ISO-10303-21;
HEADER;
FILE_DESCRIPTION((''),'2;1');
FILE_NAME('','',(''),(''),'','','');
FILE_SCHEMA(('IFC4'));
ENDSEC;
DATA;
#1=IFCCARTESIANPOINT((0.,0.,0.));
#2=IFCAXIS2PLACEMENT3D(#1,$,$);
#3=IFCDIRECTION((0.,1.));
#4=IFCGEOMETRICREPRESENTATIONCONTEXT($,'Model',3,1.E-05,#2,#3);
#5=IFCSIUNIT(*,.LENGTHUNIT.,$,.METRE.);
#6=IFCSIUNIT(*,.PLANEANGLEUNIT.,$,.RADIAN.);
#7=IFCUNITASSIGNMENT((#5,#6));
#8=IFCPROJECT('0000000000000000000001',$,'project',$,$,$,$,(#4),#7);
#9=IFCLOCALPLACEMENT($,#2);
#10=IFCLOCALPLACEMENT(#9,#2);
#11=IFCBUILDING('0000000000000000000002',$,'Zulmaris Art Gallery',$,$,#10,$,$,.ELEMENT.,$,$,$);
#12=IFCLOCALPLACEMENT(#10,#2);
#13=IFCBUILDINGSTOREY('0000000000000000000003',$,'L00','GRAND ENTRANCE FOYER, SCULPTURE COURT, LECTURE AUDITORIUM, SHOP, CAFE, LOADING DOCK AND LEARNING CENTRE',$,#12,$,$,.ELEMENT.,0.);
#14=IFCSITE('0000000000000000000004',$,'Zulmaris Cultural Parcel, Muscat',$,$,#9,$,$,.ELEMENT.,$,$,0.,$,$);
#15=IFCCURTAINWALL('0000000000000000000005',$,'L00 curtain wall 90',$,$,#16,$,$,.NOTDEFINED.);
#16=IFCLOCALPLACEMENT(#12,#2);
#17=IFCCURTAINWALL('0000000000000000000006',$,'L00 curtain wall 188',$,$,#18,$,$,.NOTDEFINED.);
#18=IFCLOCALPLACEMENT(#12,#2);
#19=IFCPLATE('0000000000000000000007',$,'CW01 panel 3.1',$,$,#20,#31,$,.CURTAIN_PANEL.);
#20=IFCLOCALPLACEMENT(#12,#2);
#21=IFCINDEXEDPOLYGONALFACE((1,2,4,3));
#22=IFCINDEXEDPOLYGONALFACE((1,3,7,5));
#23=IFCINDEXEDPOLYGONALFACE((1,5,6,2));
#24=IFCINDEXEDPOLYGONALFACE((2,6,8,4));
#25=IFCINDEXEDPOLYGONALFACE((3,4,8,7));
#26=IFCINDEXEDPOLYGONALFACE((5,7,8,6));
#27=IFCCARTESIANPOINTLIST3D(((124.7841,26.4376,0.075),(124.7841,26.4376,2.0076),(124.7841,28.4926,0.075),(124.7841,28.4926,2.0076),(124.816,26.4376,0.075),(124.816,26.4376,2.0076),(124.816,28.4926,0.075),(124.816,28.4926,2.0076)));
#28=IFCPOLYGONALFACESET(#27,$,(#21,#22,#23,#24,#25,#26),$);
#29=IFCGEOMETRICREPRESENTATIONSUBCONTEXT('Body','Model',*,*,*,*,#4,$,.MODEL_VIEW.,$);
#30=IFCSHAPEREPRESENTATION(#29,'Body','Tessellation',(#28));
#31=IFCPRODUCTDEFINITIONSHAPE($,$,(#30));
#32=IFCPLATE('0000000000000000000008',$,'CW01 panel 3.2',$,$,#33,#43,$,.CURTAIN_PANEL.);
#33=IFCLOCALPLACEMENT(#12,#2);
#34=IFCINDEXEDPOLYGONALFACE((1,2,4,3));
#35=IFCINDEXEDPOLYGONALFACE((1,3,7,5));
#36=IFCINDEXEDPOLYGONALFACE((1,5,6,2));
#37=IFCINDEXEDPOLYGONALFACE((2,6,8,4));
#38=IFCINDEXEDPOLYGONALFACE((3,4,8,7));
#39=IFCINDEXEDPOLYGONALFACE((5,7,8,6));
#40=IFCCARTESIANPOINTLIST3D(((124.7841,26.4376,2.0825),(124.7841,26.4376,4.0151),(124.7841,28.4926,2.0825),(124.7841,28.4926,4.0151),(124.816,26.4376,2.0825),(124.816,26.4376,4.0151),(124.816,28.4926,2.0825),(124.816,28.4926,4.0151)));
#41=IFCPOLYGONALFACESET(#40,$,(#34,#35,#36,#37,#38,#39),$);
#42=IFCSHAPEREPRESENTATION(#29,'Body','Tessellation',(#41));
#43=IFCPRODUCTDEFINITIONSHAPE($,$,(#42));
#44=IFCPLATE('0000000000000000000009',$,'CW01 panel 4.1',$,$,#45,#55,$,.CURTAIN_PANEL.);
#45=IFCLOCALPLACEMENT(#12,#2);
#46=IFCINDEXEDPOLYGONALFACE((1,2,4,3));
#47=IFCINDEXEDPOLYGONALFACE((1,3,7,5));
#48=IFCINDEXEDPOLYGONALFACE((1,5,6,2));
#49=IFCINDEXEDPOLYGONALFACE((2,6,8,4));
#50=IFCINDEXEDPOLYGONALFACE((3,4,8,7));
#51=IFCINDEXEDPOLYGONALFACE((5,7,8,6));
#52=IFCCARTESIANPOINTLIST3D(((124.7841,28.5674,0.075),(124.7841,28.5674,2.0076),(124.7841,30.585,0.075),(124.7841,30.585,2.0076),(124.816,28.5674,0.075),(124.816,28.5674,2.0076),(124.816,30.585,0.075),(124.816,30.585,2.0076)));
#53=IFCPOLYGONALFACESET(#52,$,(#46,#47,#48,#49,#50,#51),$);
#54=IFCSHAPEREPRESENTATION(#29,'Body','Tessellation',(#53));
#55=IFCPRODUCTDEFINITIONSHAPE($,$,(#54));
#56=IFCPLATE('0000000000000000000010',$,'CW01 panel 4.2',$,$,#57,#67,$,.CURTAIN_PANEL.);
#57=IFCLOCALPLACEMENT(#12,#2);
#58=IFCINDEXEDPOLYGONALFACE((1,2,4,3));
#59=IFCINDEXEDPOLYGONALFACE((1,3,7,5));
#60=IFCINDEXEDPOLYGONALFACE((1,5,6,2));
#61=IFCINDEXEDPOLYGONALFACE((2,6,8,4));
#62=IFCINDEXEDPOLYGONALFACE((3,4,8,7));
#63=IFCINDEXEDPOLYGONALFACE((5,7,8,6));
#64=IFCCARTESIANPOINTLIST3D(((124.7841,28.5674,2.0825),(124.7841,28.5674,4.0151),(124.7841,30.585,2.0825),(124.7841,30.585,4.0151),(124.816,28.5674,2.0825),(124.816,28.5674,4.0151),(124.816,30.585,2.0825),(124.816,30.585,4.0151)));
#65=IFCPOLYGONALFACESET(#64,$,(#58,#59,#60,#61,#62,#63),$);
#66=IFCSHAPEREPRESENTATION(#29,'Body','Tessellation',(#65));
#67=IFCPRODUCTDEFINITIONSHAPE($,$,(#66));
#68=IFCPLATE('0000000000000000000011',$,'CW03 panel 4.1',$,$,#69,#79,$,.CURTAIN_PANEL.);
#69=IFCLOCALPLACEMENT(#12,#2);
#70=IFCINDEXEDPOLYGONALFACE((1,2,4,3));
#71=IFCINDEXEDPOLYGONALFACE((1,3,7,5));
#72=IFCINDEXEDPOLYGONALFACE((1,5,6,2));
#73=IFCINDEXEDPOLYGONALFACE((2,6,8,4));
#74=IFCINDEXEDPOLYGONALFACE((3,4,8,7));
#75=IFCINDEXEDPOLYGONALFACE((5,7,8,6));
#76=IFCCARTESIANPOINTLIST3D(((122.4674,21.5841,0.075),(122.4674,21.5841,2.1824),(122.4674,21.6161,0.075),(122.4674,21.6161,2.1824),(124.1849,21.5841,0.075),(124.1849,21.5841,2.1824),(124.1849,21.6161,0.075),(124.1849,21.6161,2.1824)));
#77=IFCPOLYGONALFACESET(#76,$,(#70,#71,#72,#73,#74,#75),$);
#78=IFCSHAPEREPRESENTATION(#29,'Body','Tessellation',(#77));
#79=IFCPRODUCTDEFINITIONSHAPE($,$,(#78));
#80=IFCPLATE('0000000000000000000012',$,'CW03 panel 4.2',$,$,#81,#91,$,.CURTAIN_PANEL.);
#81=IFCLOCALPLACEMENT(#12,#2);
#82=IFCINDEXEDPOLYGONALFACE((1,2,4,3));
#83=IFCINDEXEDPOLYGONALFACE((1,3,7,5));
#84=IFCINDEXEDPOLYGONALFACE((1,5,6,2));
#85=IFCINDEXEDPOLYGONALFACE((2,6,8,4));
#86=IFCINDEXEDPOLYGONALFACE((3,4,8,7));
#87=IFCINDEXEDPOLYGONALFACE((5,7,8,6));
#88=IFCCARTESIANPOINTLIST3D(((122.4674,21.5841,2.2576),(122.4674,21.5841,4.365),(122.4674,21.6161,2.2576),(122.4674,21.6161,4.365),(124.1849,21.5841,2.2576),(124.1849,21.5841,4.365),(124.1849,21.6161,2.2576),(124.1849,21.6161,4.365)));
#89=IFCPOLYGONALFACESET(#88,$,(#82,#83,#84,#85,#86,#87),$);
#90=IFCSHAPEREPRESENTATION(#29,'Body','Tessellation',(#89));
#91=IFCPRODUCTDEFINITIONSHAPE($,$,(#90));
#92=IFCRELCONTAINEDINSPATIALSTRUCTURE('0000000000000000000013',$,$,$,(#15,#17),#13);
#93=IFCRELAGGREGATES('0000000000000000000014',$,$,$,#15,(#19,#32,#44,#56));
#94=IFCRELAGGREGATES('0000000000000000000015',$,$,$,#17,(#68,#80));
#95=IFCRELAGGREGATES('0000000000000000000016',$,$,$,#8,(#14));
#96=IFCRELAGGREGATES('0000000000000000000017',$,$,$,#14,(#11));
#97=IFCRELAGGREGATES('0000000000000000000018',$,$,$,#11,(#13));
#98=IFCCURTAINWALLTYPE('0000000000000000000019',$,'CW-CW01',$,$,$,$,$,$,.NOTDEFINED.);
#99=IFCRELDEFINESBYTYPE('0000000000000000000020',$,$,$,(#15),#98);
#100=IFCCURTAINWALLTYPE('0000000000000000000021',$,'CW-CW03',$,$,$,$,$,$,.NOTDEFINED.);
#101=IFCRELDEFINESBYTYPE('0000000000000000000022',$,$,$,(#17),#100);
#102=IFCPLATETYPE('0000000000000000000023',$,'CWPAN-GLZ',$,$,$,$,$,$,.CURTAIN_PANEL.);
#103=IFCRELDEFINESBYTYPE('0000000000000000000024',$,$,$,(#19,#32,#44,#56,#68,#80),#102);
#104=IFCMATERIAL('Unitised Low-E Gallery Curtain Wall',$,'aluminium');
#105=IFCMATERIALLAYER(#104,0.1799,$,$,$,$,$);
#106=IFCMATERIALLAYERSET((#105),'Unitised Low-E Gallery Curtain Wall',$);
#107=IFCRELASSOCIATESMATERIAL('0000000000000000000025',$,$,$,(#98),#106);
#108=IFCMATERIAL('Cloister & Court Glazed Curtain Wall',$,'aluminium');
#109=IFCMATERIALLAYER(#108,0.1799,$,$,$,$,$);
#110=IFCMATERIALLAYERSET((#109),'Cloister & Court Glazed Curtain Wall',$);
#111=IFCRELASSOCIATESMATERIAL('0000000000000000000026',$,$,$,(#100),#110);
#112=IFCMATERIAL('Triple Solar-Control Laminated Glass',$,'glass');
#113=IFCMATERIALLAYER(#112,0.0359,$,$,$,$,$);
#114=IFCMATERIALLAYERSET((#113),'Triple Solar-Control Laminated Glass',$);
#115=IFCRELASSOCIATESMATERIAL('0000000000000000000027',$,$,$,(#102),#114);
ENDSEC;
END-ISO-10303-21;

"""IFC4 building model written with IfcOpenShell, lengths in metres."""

from ifc_helpers import new_model, si_unit, direction, frame, origin, origin_2d, place, context, subcontext, project, spatial, rectangle, extrude, material, layer, layer_set, type_object, element, aggregate, save


model = new_model("IFC4")

# Units and contexts
model_context = context("Model", 3, precision=1e-05, world=origin(), true_north=direction((0.0, 1.0)))
body_context = subcontext(model_context, "Body", "Model", "MODEL_VIEW")
ifc_project = project(units=[si_unit("LENGTHUNIT", "METRE"), si_unit("PLANEANGLEUNIT", "RADIAN")], contexts=[model_context])

# Site, building, storey
site_placement = place(None, origin())
site = spatial("IfcSite", under=ifc_project, at=site_placement, Name="Zulmaris Cultural Parcel, Muscat", CompositionType="ELEMENT", RefElevation=0.0)
building_placement = place(site_placement, origin())
building = spatial("IfcBuilding", under=site, at=building_placement, Name="Zulmaris Art Gallery", CompositionType="ELEMENT")
storey_placement = place(building_placement, origin())
storey = spatial("IfcBuildingStorey", under=building, at=storey_placement, Name="L00", Description="GRAND ENTRANCE FOYER, SCULPTURE COURT, LECTURE AUDITORIUM, SHOP, CAFE, LOADING DOCK AND LEARNING CENTRE", CompositionType="ELEMENT", Elevation=0.0)

# Curtain walls
ifc_material_1 = material(Name="Unitised Low-E Gallery Curtain Wall", Category="aluminium")
ifc_layer_1 = layer(ifc_material_1, 0.1799)
ifc_layer_set_1 = layer_set([ifc_layer_1], Name="Unitised Low-E Gallery Curtain Wall")
curtain_wall_type_1 = type_object("IfcCurtainWallType", Name="CW-CW01", PredefinedType="NOTDEFINED", material=ifc_layer_set_1)
curtain_wall_1_placement = place(storey_placement, origin())
curtain_wall_1 = element("IfcCurtainWall", 1, at=curtain_wall_1_placement, inside=storey, type_object=curtain_wall_type_1, Name="L00 curtain wall 90", PredefinedType="NOTDEFINED")
ifc_material_2 = material(Name="Cloister & Court Glazed Curtain Wall", Category="aluminium")
ifc_layer_2 = layer(ifc_material_2, 0.1799)
ifc_layer_set_2 = layer_set([ifc_layer_2], Name="Cloister & Court Glazed Curtain Wall")
curtain_wall_type_2 = type_object("IfcCurtainWallType", Name="CW-CW03", PredefinedType="NOTDEFINED", material=ifc_layer_set_2)
curtain_wall_2_placement = place(storey_placement, origin())
curtain_wall_2 = element("IfcCurtainWall", 2, at=curtain_wall_2_placement, inside=storey, type_object=curtain_wall_type_2, Name="L00 curtain wall 188", PredefinedType="NOTDEFINED")

# Plates
ifc_material_3 = material(Name="Triple Solar-Control Laminated Glass", Category="glass")
ifc_layer_3 = layer(ifc_material_3, 0.0359)
ifc_layer_set_3 = layer_set([ifc_layer_3], Name="Triple Solar-Control Laminated Glass")
plate_type = type_object("IfcPlateType", Name="CWPAN-GLZ", PredefinedType="CURTAIN_PANEL", material=ifc_layer_set_3)
plate_1_placement = place(storey_placement, frame((124.8, 27.4651, 0.075), z_axis=(0.0, 0.0, 1.0), x_axis=(0.0, 1.0, 0.0)))
plate_1 = element("IfcPlate", 3, at=plate_1_placement, type_object=plate_type, Name="CW01 panel 3.1", PredefinedType="CURTAIN_PANEL", context=body_context, shape_type="SweptSolid", body=[
    extrude(rectangle(XDim=2.0549, YDim=0.032, at=origin_2d()), origin(), (0.0, 0.0, 1.0), 1.9326),
])
plate_2_placement = place(storey_placement, frame((124.8, 27.4651, 2.0825), z_axis=(0.0, 0.0, 1.0), x_axis=(0.0, 1.0, 0.0)))
plate_2 = element("IfcPlate", 4, at=plate_2_placement, type_object=plate_type, Name="CW01 panel 3.2", PredefinedType="CURTAIN_PANEL", context=body_context, shape_type="SweptSolid", body=[
    extrude(rectangle(XDim=2.0549, YDim=0.032, at=origin_2d()), origin(), (0.0, 0.0, 1.0), 1.9326),
])
plate_3_placement = place(storey_placement, frame((124.8, 29.5762, 0.075), z_axis=(0.0, 0.0, 1.0), x_axis=(0.0, 1.0, 0.0)))
plate_3 = element("IfcPlate", 5, at=plate_3_placement, type_object=plate_type, Name="CW01 panel 4.1", PredefinedType="CURTAIN_PANEL", context=body_context, shape_type="SweptSolid", body=[
    extrude(rectangle(XDim=2.0176, YDim=0.032, at=origin_2d()), origin(), (0.0, 0.0, 1.0), 1.9326),
])
plate_4_placement = place(storey_placement, frame((124.8, 29.5762, 2.0825), z_axis=(0.0, 0.0, 1.0), x_axis=(0.0, 1.0, 0.0)))
plate_4 = element("IfcPlate", 6, at=plate_4_placement, type_object=plate_type, Name="CW01 panel 4.2", PredefinedType="CURTAIN_PANEL", context=body_context, shape_type="SweptSolid", body=[
    extrude(rectangle(XDim=2.0176, YDim=0.032, at=origin_2d()), origin(), (0.0, 0.0, 1.0), 1.9326),
])
aggregate(curtain_wall_1, [plate_1, plate_2, plate_3, plate_4])
plate_5_placement = place(storey_placement, frame((123.3262, 21.6001, 0.075), z_axis=(0.0, 0.0, 1.0), x_axis=(1.0, 0.0, 0.0)))
plate_5 = element("IfcPlate", 7, at=plate_5_placement, type_object=plate_type, Name="CW03 panel 4.1", PredefinedType="CURTAIN_PANEL", context=body_context, shape_type="SweptSolid", body=[
    extrude(rectangle(XDim=1.7175, YDim=0.032, at=origin_2d()), origin(), (0.0, 0.0, 1.0), 2.1074),
])
plate_6_placement = place(storey_placement, frame((123.3262, 21.6001, 2.2576), z_axis=(0.0, 0.0, 1.0), x_axis=(1.0, 0.0, 0.0)))
plate_6 = element("IfcPlate", 8, at=plate_6_placement, type_object=plate_type, Name="CW03 panel 4.2", PredefinedType="CURTAIN_PANEL", context=body_context, shape_type="SweptSolid", body=[
    extrude(rectangle(XDim=1.7175, YDim=0.032, at=origin_2d()), origin(), (0.0, 0.0, 1.0), 2.1074),
])
aggregate(curtain_wall_2, [plate_5, plate_6])

save(model, "model.ifc")
